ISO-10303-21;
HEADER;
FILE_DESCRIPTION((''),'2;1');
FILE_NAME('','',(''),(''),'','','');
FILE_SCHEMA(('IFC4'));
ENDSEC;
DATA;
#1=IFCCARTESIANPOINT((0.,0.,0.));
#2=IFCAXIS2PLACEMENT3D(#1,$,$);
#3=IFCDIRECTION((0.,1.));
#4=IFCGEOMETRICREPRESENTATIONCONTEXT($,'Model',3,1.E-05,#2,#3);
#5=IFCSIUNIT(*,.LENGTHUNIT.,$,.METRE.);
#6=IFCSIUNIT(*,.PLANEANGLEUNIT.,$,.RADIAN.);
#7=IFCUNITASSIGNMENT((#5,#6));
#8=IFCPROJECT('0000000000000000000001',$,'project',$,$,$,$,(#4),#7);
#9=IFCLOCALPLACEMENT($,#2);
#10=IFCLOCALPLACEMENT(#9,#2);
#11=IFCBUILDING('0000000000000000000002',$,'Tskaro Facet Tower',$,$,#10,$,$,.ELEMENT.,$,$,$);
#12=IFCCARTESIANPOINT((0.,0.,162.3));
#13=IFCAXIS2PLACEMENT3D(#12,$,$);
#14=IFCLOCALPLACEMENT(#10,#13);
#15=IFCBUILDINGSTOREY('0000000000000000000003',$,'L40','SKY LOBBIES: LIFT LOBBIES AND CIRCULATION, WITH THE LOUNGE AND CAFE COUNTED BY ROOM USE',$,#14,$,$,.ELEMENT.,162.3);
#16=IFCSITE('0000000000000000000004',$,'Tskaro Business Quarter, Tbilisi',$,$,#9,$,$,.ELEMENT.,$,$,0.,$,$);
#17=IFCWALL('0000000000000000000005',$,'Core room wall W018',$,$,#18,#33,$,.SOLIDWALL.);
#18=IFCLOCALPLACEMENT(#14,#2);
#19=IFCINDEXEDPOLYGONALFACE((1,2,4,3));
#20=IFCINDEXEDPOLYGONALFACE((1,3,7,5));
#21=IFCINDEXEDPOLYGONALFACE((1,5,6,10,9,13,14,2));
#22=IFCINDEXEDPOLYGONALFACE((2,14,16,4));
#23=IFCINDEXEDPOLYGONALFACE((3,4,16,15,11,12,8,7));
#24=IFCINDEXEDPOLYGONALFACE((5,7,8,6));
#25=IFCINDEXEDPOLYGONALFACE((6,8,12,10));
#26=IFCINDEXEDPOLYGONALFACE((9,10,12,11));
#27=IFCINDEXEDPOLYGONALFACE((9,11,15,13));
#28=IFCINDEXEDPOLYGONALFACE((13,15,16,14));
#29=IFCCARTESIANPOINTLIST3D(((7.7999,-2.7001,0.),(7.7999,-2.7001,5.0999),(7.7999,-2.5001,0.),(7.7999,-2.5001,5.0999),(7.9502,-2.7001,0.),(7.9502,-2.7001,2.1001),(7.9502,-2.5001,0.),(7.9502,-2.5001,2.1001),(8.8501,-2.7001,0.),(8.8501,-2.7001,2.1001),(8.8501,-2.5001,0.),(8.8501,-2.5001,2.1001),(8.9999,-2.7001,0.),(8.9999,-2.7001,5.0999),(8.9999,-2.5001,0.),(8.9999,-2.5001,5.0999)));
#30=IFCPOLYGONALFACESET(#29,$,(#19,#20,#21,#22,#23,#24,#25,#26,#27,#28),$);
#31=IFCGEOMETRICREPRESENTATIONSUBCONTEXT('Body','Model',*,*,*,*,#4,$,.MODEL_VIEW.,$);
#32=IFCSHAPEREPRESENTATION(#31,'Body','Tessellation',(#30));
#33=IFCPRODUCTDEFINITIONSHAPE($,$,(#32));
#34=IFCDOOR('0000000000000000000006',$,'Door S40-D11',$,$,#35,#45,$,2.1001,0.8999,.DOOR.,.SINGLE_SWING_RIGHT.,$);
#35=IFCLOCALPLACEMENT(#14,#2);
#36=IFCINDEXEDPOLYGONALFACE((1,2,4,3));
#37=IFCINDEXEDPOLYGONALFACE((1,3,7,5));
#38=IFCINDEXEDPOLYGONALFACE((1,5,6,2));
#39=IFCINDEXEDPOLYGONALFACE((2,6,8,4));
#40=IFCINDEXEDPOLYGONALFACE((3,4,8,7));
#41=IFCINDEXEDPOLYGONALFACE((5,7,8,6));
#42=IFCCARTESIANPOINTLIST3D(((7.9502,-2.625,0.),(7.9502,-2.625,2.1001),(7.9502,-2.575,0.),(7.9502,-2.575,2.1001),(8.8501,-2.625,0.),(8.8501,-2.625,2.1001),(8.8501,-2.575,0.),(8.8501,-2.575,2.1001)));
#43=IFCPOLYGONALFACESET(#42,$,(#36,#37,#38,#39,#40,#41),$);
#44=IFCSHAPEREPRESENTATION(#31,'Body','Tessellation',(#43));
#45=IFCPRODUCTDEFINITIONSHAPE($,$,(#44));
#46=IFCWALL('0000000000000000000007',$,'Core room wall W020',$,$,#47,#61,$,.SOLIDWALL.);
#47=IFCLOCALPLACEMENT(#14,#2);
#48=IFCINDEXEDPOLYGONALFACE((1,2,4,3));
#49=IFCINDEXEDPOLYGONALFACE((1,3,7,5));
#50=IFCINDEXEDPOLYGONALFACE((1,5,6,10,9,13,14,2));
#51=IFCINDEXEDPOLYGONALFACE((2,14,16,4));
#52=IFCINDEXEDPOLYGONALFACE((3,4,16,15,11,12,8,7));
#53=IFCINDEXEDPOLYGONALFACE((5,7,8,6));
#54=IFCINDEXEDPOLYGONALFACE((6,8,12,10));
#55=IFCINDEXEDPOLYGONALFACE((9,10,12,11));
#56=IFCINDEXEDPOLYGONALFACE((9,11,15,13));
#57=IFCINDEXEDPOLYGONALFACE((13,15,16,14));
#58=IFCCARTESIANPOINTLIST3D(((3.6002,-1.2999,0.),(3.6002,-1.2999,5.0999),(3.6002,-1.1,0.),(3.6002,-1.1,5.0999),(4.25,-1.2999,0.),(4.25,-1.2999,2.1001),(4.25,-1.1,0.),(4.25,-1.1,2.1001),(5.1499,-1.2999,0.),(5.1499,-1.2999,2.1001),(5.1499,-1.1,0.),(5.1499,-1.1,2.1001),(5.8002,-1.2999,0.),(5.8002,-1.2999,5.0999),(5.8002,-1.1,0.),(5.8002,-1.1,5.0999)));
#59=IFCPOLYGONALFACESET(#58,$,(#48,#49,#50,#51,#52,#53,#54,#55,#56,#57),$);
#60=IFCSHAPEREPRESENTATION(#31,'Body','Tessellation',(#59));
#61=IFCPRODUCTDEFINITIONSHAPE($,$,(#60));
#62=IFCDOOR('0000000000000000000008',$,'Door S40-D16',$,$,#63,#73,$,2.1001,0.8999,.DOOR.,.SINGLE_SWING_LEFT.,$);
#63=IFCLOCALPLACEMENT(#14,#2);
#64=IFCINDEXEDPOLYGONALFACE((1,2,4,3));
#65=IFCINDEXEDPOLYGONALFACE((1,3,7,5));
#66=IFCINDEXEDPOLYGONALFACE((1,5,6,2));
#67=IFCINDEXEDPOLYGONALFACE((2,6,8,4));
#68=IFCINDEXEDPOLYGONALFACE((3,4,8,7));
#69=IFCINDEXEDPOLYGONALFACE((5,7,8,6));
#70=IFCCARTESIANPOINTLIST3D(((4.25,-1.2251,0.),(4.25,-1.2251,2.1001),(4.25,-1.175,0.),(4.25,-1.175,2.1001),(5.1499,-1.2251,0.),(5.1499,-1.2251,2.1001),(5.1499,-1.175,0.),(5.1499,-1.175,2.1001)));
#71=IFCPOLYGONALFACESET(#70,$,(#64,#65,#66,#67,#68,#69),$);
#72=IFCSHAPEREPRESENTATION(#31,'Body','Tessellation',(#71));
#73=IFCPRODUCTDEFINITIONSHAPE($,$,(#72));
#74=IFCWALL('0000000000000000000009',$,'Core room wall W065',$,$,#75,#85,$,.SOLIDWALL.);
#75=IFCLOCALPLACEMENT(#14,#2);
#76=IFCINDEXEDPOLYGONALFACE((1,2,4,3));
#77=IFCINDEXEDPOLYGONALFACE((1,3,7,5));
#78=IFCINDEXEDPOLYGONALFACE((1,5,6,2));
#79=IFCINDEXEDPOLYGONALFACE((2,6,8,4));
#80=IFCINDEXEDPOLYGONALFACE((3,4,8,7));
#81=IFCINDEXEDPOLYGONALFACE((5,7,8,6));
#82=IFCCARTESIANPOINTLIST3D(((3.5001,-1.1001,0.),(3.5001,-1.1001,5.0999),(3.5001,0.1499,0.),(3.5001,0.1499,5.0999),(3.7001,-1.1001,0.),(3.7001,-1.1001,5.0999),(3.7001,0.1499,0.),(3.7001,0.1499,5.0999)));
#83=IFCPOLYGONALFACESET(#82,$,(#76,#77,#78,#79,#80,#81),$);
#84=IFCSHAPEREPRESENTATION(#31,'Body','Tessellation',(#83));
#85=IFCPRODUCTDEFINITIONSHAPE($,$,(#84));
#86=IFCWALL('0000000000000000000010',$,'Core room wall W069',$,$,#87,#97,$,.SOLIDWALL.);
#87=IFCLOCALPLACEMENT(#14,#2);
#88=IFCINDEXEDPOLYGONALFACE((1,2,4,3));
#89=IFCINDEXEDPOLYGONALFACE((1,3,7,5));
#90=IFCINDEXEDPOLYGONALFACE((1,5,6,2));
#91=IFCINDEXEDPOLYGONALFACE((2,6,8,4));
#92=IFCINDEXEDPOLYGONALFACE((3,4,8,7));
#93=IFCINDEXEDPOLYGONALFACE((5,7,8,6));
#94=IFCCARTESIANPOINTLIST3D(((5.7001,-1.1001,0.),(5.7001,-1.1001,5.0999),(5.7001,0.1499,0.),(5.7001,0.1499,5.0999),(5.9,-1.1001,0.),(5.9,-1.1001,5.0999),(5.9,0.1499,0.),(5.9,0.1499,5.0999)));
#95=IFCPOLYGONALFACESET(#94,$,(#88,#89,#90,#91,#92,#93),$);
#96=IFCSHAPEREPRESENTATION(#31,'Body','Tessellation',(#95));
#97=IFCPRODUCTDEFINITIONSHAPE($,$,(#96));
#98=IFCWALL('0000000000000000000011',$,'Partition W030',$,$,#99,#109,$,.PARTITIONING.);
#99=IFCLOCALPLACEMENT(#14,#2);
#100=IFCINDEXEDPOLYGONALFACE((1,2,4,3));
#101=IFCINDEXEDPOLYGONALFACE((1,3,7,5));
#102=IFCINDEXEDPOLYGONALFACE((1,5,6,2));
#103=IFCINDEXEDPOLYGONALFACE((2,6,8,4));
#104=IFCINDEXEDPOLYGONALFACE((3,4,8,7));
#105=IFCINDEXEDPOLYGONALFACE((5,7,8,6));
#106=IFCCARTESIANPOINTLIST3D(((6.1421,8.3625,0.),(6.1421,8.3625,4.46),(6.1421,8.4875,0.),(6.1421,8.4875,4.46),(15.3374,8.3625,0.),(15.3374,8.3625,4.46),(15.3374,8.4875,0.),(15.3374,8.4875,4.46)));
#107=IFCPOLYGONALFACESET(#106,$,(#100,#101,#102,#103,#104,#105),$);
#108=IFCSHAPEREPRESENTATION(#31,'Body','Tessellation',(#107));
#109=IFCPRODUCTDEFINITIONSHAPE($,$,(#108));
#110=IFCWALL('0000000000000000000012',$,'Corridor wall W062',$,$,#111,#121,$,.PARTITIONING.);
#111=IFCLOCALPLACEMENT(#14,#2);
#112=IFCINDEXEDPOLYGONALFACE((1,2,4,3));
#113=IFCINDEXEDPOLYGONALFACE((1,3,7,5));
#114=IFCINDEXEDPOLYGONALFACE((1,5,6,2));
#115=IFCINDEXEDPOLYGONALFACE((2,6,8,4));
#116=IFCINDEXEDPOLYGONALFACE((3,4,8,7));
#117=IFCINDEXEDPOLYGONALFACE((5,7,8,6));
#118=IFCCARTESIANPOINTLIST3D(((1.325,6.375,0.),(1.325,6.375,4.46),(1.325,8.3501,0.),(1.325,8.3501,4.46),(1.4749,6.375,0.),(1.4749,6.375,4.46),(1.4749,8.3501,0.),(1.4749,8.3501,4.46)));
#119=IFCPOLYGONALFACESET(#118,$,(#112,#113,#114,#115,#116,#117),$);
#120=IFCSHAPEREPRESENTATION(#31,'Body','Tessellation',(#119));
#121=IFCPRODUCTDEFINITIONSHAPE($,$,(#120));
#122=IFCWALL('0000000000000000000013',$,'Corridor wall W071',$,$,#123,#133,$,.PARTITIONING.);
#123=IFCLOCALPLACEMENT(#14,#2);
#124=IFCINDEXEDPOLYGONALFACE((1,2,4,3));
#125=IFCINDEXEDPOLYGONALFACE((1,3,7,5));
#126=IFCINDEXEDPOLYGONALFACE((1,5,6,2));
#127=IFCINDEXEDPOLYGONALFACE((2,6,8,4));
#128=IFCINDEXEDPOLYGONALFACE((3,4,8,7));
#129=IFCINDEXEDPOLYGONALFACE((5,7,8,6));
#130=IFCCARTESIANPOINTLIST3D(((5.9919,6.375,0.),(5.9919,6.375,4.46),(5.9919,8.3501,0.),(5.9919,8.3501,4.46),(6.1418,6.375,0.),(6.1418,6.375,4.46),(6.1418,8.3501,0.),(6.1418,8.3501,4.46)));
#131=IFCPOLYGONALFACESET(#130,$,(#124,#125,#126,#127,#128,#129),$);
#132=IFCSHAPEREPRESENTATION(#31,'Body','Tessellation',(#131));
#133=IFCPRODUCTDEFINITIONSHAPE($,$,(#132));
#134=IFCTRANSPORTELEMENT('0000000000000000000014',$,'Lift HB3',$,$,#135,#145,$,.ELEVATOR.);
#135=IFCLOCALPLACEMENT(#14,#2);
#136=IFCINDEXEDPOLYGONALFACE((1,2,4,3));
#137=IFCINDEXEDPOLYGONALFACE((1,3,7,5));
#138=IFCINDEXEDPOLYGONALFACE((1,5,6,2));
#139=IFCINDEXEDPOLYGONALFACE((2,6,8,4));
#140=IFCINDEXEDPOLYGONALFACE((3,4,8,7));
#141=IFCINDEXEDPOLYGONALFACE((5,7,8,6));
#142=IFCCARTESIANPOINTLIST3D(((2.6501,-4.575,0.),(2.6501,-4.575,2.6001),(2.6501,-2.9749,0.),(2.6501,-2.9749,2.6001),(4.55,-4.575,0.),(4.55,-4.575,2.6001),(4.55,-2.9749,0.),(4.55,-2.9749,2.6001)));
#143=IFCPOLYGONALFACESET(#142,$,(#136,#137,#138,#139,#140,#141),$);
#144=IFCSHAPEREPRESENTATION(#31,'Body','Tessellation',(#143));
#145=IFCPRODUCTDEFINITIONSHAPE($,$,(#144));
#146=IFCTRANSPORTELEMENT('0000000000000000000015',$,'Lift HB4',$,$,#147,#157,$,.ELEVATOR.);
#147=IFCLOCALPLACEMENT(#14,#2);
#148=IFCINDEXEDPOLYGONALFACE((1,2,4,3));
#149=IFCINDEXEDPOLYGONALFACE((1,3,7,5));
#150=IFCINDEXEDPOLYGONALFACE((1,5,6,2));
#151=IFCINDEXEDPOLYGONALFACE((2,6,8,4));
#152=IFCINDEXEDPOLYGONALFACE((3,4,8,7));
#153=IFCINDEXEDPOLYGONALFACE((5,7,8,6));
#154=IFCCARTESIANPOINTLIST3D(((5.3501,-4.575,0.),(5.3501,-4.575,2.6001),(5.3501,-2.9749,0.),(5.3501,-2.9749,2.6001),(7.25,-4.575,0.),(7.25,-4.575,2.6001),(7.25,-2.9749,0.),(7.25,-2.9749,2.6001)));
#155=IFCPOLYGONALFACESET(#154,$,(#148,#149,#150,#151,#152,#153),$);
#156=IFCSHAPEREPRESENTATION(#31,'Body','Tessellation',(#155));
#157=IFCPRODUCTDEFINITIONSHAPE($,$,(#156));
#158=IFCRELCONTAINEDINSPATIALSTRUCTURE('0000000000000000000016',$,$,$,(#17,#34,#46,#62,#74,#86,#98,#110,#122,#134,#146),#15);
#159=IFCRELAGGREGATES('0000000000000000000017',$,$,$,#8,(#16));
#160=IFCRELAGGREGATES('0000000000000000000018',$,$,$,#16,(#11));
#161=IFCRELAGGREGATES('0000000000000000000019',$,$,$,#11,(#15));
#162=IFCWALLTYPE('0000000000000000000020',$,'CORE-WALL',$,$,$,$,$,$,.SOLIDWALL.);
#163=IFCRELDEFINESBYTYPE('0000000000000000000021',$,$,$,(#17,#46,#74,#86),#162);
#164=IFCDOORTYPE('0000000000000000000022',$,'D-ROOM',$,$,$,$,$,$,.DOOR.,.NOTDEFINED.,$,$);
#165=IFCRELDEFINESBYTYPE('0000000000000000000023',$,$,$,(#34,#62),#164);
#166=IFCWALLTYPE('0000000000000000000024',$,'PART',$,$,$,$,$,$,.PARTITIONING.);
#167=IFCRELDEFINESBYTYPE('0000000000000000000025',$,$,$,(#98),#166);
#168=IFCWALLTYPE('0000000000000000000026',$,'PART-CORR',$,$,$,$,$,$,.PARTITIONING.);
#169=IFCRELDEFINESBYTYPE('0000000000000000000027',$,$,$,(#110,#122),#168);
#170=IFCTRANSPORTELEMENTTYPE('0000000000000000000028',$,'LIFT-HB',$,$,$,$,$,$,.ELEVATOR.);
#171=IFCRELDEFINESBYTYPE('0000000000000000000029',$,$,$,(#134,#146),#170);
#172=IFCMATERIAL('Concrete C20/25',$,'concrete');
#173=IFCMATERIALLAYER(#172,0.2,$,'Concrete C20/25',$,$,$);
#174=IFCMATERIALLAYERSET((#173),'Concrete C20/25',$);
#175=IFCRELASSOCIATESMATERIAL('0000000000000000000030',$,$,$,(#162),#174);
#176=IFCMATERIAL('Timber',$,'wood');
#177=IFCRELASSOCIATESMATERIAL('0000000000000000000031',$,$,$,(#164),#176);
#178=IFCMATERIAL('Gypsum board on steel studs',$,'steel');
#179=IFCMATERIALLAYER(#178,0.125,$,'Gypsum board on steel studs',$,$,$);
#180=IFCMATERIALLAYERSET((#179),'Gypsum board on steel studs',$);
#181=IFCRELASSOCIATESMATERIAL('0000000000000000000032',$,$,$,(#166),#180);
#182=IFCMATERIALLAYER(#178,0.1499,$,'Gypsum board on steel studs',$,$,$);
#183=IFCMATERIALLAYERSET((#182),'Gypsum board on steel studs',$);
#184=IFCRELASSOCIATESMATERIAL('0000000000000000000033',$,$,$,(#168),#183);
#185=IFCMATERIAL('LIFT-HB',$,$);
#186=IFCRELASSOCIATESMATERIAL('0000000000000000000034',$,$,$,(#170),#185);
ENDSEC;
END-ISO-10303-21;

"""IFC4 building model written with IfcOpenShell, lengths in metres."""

from ifc_helpers import new_model, si_unit, direction, frame, frame_2d, origin, origin_2d, place, context, subcontext, project, spatial, rectangle, extrude, material, layer, layer_set, type_object, element, fill, save


model = new_model("IFC4")

# Units and contexts
model_context = context("Model", 3, precision=1e-05, world=origin(), true_north=direction((0.0, 1.0)))
body_context = subcontext(model_context, "Body", "Model", "MODEL_VIEW")
ifc_project = project(units=[si_unit("LENGTHUNIT", "METRE"), si_unit("PLANEANGLEUNIT", "RADIAN")], contexts=[model_context])

# Site, building, storey
site_placement = place(None, origin())
site = spatial("IfcSite", under=ifc_project, at=site_placement, Name="Tskaro Business Quarter, Tbilisi", CompositionType="ELEMENT", RefElevation=0.0)
building_placement = place(site_placement, origin())
building = spatial("IfcBuilding", under=site, at=building_placement, Name="Tskaro Facet Tower", CompositionType="ELEMENT")
storey_placement = place(building_placement, frame((0.0, 0.0, 162.3)))
storey = spatial("IfcBuildingStorey", under=building, at=storey_placement, Name="L40", Description="SKY LOBBIES: LIFT LOBBIES AND CIRCULATION, WITH THE LOUNGE AND CAFE COUNTED BY ROOM USE", CompositionType="ELEMENT", Elevation=162.3)

# Shared definitions
ifc_material_1 = material(Name="Concrete C20/25", Category="concrete")
ifc_layer_1 = layer(ifc_material_1, 0.2, Name="Concrete C20/25")
ifc_layer_set_1 = layer_set([ifc_layer_1], Name="Concrete C20/25")
wall_type_1 = type_object("IfcWallType", Name="CORE-WALL", PredefinedType="SOLIDWALL", material=ifc_layer_set_1)
ifc_material_2 = material(Name="Timber", Category="wood")
door_type_1 = type_object("IfcDoorType", Name="D-ROOM", OperationType="NOTDEFINED", PredefinedType="DOOR", material=ifc_material_2)

# Walls, openings, doors
wall_1_placement = place(storey_placement, frame((9.0, -2.6001, 0.0), z_axis=(0.0, 0.0, 1.0), x_axis=(-1.0, 0.0, 0.0)))
wall_1 = element("IfcWall", 1, at=wall_1_placement, inside=storey, type_object=wall_type_1, Name="Core room wall W018", PredefinedType="SOLIDWALL", context=body_context, shape_type="SweptSolid", body=[
    extrude(rectangle(XDim=1.2, YDim=0.2, at=frame_2d((0.6001, 0.0))), origin(), (0.0, 0.0, 1.0), 5.0999),
])
opening_1_placement = place(wall_1_placement, frame((0.1499, 0.0, 0.0)))
opening_1 = element("IfcOpeningElement", 2, at=opening_1_placement, cuts=wall_1, PredefinedType="OPENING", context=body_context, shape_type="SweptSolid", body=[
    extrude(rectangle(XDim=0.8999, YDim=2.1001, at=frame_2d((0.45, 1.05))), frame((0.0, 0.1099, 0.0), z_axis=(0.0, -1.0, 0.0), x_axis=(1.0, 0.0, 0.0)), (0.0, 0.0, 1.0), 0.22),
])
door_1_placement = place(opening_1_placement, origin())
door_1 = element("IfcDoor", 3, at=door_1_placement, inside=storey, type_object=door_type_1, Name="Door S40-D11", OperationType="SINGLE_SWING_RIGHT", OverallHeight=2.1001, OverallWidth=0.8999, PredefinedType="DOOR", context=body_context, shape_type="SweptSolid", body=[
    extrude(rectangle(XDim=0.8999, YDim=2.1001, at=frame_2d((0.45, 1.05))), frame((0.0, 0.0249, 0.0), z_axis=(0.0, -1.0, 0.0), x_axis=(1.0, 0.0, 0.0)), (0.0, 0.0, 1.0), 0.05),
])
fill(opening_1, door_1)
wall_2_placement = place(storey_placement, frame((3.6001, -1.2, 0.0), z_axis=(0.0, 0.0, 1.0), x_axis=(1.0, 0.0, 0.0)))
wall_2 = element("IfcWall", 4, at=wall_2_placement, inside=storey, type_object=wall_type_1, Name="Core room wall W020", PredefinedType="SOLIDWALL", context=body_context, shape_type="SweptSolid", body=[
    extrude(rectangle(XDim=2.2, YDim=0.2, at=frame_2d((1.1001, 0.0))), origin(), (0.0, 0.0, 1.0), 5.0999),
])
opening_2_placement = place(wall_2_placement, frame((0.6499, 0.0, 0.0)))
opening_2 = element("IfcOpeningElement", 5, at=opening_2_placement, cuts=wall_2, PredefinedType="OPENING", context=body_context, shape_type="SweptSolid", body=[
    extrude(rectangle(XDim=0.8999, YDim=2.1001, at=frame_2d((0.45, 1.05))), frame((0.0, 0.1099, 0.0), z_axis=(0.0, -1.0, 0.0), x_axis=(1.0, 0.0, 0.0)), (0.0, 0.0, 1.0), 0.22),
])
door_2_placement = place(opening_2_placement, origin())
door_2 = element("IfcDoor", 6, at=door_2_placement, inside=storey, type_object=door_type_1, Name="Door S40-D16", OperationType="SINGLE_SWING_LEFT", OverallHeight=2.1001, OverallWidth=0.8999, PredefinedType="DOOR", context=body_context, shape_type="SweptSolid", body=[
    extrude(rectangle(XDim=0.8999, YDim=2.1001, at=frame_2d((0.45, 1.05))), frame((0.0, 0.0249, 0.0), z_axis=(0.0, -1.0, 0.0), x_axis=(1.0, 0.0, 0.0)), (0.0, 0.0, 1.0), 0.05),
])
fill(opening_2, door_2)

# Walls
for number, where, z_axis, x_axis, name in (
    (7, (3.6001, -1.1001, 0.0), (0.0, 0.0, 1.0), (0.0, 1.0, 0.0), "Core room wall W065"),
    (8, (5.8, -1.1001, 0.0), (0.0, 0.0, 1.0), (0.0, 1.0, 0.0), "Core room wall W069"),
):
    element("IfcWall", number, at=place(storey_placement, frame(where, z_axis=z_axis, x_axis=x_axis)), inside=storey, type_object=wall_type_1, Name=name, PredefinedType="SOLIDWALL", context=body_context, shape_type="SweptSolid", body=[
        extrude(rectangle(XDim=1.25, YDim=0.2, at=frame_2d((0.625, 0.0))), origin(), (0.0, 0.0, 1.0), 5.0999),
    ])
ifc_material_3 = material(Name="Gypsum board on steel studs", Category="steel")
ifc_layer_2 = layer(ifc_material_3, 0.125, Name="Gypsum board on steel studs")
ifc_layer_set_2 = layer_set([ifc_layer_2], Name="Gypsum board on steel studs")
wall_type_2 = type_object("IfcWallType", Name="PART", PredefinedType="PARTITIONING", material=ifc_layer_set_2)
wall_3_placement = place(storey_placement, frame((6.1421, 8.425, 0.0), z_axis=(0.0, 0.0, 1.0), x_axis=(1.0, 0.0, 0.0)))
element("IfcWall", 9, at=wall_3_placement, inside=storey, type_object=wall_type_2, Name="Partition W030", PredefinedType="PARTITIONING", context=body_context, shape_type="SweptSolid", body=[
    extrude(rectangle(XDim=9.1953, YDim=0.125, at=frame_2d((4.5977, 0.0))), origin(), (0.0, 0.0, 1.0), 4.46),
])
ifc_layer_3 = layer(ifc_material_3, 0.1499, Name="Gypsum board on steel studs")
ifc_layer_set_3 = layer_set([ifc_layer_3], Name="Gypsum board on steel studs")
wall_type_3 = type_object("IfcWallType", Name="PART-CORR", PredefinedType="PARTITIONING", material=ifc_layer_set_3)
for number, where, z_axis, x_axis, name in (
    (10, (1.3999, 6.375, 0.0), (0.0, 0.0, 1.0), (0.0, 1.0, 0.0), "Corridor wall W062"),
    (11, (6.0669, 6.375, 0.0), (0.0, 0.0, 1.0), (0.0, 1.0, 0.0), "Corridor wall W071"),
):
    element("IfcWall", number, at=place(storey_placement, frame(where, z_axis=z_axis, x_axis=x_axis)), inside=storey, type_object=wall_type_3, Name=name, PredefinedType="PARTITIONING", context=body_context, shape_type="SweptSolid", body=[
        extrude(rectangle(XDim=1.9751, YDim=0.1499, at=frame_2d((0.9875, 0.0))), origin(), (0.0, 0.0, 1.0), 4.46),
    ])

# Transport elements
ifc_material_4 = material(Name="LIFT-HB")
transport_element_type = type_object("IfcTransportElementType", Name="LIFT-HB", PredefinedType="ELEVATOR", material=ifc_material_4)
for number, where, z_axis, x_axis, name in (
    (12, (3.6001, -3.7749, 0.0), (0.0, 0.0, 1.0), (1.0, 0.0, 0.0), "Lift HB3"),
    (13, (6.3, -3.7749, 0.0), (0.0, 0.0, 1.0), (1.0, 0.0, 0.0), "Lift HB4"),
):
    element("IfcTransportElement", number, at=place(storey_placement, frame(where, z_axis=z_axis, x_axis=x_axis)), inside=storey, type_object=transport_element_type, Name=name, PredefinedType="ELEVATOR", context=body_context, shape_type="SweptSolid", body=[
        extrude(rectangle(XDim=1.8999, YDim=1.6001, at=origin_2d()), origin(), (0.0, 0.0, 1.0), 2.6001),
    ])

save(model, "model.ifc")
